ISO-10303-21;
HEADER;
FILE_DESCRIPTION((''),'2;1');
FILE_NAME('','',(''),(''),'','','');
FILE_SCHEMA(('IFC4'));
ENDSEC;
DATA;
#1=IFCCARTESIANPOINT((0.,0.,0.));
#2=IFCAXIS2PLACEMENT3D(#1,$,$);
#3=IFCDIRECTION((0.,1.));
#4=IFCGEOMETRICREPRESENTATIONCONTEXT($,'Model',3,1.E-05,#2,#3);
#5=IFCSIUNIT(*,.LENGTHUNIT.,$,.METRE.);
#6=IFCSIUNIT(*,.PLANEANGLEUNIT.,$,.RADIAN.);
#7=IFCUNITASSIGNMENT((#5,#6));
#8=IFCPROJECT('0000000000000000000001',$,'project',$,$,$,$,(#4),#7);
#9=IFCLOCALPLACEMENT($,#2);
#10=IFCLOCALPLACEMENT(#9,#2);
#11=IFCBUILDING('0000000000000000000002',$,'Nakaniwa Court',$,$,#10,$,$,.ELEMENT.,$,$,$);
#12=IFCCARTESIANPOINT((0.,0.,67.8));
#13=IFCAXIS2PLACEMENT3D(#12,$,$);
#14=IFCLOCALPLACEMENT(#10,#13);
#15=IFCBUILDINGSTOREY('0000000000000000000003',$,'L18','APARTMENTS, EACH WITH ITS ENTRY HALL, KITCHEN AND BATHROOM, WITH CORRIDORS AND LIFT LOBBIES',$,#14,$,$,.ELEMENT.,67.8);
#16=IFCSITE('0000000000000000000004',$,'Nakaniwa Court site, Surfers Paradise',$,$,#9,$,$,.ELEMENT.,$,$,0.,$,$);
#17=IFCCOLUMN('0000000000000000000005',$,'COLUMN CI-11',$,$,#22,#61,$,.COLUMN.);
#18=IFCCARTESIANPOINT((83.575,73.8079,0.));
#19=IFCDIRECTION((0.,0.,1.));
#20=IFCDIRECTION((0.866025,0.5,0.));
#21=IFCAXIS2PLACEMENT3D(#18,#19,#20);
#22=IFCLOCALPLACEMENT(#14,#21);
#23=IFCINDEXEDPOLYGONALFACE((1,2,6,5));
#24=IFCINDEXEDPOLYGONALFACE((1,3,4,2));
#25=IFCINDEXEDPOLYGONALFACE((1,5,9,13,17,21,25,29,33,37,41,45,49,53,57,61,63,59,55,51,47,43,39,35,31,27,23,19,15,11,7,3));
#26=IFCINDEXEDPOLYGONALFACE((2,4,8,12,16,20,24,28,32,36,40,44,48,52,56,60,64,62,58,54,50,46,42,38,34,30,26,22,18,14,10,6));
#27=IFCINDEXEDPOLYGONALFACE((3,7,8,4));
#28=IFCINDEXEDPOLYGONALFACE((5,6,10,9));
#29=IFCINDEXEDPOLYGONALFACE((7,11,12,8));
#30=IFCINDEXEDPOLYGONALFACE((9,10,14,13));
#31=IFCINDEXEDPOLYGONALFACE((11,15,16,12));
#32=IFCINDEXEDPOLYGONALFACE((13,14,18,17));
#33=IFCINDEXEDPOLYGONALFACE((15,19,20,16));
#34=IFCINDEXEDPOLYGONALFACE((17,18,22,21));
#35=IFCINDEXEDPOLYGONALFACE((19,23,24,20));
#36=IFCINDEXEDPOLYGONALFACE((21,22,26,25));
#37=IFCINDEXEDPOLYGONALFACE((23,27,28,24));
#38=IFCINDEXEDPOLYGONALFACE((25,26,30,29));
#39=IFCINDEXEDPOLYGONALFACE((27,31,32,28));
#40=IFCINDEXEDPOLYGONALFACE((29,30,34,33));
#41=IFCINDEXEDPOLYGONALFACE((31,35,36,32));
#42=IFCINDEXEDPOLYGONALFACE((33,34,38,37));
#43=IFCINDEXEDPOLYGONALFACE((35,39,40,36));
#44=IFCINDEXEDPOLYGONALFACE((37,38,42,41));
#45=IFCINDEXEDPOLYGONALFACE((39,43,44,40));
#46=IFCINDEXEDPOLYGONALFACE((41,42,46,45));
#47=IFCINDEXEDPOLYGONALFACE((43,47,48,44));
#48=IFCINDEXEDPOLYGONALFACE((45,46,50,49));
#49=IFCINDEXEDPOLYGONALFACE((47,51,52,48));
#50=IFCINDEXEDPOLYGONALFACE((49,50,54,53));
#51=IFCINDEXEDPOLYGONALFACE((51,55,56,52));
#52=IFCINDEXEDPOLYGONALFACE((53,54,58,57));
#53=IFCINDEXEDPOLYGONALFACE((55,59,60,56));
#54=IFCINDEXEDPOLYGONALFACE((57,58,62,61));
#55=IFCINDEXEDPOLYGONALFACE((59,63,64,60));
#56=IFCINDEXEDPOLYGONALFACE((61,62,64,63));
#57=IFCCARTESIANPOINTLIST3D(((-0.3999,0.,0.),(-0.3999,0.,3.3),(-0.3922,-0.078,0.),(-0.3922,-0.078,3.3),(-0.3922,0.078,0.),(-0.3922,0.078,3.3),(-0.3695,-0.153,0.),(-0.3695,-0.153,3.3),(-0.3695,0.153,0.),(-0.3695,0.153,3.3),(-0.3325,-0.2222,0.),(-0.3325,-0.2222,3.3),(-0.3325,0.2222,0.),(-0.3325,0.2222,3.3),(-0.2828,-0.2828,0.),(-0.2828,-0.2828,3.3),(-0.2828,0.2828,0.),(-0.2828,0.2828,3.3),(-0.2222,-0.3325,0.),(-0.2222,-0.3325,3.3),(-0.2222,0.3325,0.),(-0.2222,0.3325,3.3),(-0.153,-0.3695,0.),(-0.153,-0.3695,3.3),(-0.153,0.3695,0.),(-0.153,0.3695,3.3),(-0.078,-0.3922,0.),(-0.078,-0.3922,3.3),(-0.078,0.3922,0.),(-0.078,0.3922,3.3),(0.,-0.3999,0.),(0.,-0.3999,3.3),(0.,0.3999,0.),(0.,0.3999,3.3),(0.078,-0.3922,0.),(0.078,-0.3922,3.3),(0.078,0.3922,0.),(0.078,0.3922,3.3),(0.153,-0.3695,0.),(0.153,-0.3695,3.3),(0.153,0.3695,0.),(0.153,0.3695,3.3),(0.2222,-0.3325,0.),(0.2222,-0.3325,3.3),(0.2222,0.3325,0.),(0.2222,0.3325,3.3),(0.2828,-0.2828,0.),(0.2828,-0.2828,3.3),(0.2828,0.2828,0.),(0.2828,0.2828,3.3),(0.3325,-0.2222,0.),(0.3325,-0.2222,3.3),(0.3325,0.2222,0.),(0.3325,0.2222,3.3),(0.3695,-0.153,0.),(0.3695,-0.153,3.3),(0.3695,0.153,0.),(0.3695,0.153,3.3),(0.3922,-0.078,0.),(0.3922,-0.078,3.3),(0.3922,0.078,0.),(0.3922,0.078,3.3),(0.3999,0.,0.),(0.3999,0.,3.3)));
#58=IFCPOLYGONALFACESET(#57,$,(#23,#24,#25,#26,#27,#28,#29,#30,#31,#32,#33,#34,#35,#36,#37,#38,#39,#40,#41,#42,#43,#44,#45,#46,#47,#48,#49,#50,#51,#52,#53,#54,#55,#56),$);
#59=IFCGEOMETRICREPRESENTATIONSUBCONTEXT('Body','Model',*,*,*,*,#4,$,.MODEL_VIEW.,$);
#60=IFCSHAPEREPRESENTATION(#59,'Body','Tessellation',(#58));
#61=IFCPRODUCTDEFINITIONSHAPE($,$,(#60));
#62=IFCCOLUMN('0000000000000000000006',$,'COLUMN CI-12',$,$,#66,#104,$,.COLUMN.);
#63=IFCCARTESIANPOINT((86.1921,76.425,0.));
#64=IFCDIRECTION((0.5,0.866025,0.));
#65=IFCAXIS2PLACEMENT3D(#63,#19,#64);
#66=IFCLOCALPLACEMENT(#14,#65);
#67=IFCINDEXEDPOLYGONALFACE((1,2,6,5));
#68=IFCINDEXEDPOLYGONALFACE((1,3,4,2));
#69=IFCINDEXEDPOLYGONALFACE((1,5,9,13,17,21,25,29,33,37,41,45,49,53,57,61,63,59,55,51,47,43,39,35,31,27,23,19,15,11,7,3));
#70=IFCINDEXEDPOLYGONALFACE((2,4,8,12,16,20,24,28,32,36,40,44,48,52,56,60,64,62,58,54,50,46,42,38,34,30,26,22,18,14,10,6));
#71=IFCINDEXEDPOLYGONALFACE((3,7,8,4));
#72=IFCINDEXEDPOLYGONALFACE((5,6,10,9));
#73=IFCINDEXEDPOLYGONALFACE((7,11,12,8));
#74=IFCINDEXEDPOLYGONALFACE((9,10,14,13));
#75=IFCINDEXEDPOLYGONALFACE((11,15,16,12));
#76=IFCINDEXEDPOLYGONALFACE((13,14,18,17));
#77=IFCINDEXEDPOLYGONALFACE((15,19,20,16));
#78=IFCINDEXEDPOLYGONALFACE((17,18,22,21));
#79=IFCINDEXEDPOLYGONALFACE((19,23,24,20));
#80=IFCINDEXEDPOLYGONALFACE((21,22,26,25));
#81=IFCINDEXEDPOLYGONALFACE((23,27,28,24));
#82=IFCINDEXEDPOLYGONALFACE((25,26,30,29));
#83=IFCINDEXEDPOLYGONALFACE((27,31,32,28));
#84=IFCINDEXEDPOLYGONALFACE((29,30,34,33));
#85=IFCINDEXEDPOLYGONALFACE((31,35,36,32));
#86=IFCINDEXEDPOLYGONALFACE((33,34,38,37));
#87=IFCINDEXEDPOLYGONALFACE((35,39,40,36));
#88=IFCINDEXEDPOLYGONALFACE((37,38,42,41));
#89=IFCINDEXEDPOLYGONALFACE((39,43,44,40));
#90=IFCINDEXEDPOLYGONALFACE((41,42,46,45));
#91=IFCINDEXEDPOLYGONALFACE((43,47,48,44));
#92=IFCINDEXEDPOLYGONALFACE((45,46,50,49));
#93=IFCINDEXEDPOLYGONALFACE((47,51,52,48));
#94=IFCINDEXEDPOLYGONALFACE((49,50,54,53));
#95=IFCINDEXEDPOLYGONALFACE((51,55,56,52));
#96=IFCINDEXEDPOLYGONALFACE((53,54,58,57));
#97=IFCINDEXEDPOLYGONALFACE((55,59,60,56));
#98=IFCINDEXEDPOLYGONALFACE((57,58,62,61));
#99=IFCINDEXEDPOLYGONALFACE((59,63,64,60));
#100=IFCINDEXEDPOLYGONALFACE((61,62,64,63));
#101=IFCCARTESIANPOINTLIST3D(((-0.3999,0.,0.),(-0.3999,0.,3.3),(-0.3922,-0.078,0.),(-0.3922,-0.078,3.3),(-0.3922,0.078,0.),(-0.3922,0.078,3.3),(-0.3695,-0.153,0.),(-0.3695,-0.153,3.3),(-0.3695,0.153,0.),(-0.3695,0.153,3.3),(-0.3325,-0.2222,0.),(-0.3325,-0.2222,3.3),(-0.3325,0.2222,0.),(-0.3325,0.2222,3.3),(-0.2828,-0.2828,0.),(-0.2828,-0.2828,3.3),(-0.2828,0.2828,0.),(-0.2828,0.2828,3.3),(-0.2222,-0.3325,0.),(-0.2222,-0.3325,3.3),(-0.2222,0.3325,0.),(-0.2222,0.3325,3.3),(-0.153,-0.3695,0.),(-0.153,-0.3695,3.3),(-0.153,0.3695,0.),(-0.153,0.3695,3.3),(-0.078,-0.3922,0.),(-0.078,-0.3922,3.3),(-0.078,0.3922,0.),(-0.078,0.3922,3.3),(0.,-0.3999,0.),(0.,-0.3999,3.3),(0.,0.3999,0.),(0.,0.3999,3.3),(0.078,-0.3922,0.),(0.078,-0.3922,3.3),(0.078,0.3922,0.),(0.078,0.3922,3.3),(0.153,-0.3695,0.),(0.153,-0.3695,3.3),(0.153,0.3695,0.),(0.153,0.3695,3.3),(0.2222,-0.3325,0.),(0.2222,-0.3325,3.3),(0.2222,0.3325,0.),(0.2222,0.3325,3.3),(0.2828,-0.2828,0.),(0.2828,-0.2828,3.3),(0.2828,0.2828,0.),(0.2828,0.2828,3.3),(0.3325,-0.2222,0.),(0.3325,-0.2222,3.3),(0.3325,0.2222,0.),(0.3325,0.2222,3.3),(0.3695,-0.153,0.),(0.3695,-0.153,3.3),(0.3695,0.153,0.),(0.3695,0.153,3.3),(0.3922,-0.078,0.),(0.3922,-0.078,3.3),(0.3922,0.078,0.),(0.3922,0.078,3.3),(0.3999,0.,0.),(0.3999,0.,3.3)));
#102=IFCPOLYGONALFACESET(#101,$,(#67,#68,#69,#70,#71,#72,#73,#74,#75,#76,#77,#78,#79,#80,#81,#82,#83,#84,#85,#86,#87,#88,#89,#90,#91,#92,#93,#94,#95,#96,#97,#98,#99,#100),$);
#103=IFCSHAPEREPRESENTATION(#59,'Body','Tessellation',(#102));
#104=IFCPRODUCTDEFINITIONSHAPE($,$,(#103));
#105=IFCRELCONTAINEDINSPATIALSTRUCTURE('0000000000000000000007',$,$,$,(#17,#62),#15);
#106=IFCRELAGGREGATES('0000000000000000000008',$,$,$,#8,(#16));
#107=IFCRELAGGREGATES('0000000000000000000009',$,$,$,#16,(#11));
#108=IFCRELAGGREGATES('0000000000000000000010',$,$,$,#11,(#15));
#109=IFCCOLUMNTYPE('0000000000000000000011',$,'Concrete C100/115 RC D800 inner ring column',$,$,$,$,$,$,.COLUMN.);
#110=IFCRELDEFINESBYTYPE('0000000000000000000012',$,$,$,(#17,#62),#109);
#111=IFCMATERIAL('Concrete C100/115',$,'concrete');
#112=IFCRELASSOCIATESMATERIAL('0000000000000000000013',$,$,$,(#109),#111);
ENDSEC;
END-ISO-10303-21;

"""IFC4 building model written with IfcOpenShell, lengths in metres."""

from ifc_helpers import new_model, si_unit, direction, frame, origin, origin_2d, place, context, subcontext, project, spatial, circle, extrude, material, material_profile, profile_set, type_object, element, save


model = new_model("IFC4")

# Units and contexts
model_context = context("Model", 3, precision=1e-05, world=origin(), true_north=direction((0.0, 1.0)))
body_context = subcontext(model_context, "Body", "Model", "MODEL_VIEW")
ifc_project = project(units=[si_unit("LENGTHUNIT", "METRE"), si_unit("PLANEANGLEUNIT", "RADIAN")], contexts=[model_context])

# Site, building, storey
site_placement = place(None, origin())
site = spatial("IfcSite", under=ifc_project, at=site_placement, Name="Nakaniwa Court site, Surfers Paradise", CompositionType="ELEMENT", RefElevation=0.0)
building_placement = place(site_placement, origin())
building = spatial("IfcBuilding", under=site, at=building_placement, Name="Nakaniwa Court", CompositionType="ELEMENT")
storey_placement = place(building_placement, frame((0.0, 0.0, 67.8)))
storey = spatial("IfcBuildingStorey", under=building, at=storey_placement, Name="L18", Description="APARTMENTS, EACH WITH ITS ENTRY HALL, KITCHEN AND BATHROOM, WITH CORRIDORS AND LIFT LOBBIES", CompositionType="ELEMENT", Elevation=67.8)

# Columns
ifc_material_1 = material(Name="Concrete C100/115", Category="concrete")
ifc_material_profile_1 = material_profile(ifc_material_1, circle(Radius=0.3999, at=origin_2d()), Name="Concrete C100/115 RC D800 inner ring column")
ifc_profile_set_1 = profile_set([ifc_material_profile_1], Name="Concrete C100/115")
column_type = type_object("IfcColumnType", Name="Concrete C100/115 RC D800 inner ring column", PredefinedType="COLUMN", material=ifc_profile_set_1)
for number, where, z_axis, x_axis, name in (
    (1, (83.575, 73.8079, 0.0), (0.0, 0.0, 1.0), (0.866025, 0.5, 0.0), "COLUMN CI-11"),
    (2, (86.1921, 76.425, 0.0), (0.0, 0.0, 1.0), (0.5, 0.866025, 0.0), "COLUMN CI-12"),
):
    element("IfcColumn", number, at=place(storey_placement, frame(where, z_axis=z_axis, x_axis=x_axis)), inside=storey, type_object=column_type, Name=name, PredefinedType="COLUMN", context=body_context, shape_type="SweptSolid", body=[
        extrude(circle(Radius=0.3999, at=origin_2d()), origin(), (0.0, 0.0, 1.0), 3.3),
    ])

save(model, "model.ifc")
